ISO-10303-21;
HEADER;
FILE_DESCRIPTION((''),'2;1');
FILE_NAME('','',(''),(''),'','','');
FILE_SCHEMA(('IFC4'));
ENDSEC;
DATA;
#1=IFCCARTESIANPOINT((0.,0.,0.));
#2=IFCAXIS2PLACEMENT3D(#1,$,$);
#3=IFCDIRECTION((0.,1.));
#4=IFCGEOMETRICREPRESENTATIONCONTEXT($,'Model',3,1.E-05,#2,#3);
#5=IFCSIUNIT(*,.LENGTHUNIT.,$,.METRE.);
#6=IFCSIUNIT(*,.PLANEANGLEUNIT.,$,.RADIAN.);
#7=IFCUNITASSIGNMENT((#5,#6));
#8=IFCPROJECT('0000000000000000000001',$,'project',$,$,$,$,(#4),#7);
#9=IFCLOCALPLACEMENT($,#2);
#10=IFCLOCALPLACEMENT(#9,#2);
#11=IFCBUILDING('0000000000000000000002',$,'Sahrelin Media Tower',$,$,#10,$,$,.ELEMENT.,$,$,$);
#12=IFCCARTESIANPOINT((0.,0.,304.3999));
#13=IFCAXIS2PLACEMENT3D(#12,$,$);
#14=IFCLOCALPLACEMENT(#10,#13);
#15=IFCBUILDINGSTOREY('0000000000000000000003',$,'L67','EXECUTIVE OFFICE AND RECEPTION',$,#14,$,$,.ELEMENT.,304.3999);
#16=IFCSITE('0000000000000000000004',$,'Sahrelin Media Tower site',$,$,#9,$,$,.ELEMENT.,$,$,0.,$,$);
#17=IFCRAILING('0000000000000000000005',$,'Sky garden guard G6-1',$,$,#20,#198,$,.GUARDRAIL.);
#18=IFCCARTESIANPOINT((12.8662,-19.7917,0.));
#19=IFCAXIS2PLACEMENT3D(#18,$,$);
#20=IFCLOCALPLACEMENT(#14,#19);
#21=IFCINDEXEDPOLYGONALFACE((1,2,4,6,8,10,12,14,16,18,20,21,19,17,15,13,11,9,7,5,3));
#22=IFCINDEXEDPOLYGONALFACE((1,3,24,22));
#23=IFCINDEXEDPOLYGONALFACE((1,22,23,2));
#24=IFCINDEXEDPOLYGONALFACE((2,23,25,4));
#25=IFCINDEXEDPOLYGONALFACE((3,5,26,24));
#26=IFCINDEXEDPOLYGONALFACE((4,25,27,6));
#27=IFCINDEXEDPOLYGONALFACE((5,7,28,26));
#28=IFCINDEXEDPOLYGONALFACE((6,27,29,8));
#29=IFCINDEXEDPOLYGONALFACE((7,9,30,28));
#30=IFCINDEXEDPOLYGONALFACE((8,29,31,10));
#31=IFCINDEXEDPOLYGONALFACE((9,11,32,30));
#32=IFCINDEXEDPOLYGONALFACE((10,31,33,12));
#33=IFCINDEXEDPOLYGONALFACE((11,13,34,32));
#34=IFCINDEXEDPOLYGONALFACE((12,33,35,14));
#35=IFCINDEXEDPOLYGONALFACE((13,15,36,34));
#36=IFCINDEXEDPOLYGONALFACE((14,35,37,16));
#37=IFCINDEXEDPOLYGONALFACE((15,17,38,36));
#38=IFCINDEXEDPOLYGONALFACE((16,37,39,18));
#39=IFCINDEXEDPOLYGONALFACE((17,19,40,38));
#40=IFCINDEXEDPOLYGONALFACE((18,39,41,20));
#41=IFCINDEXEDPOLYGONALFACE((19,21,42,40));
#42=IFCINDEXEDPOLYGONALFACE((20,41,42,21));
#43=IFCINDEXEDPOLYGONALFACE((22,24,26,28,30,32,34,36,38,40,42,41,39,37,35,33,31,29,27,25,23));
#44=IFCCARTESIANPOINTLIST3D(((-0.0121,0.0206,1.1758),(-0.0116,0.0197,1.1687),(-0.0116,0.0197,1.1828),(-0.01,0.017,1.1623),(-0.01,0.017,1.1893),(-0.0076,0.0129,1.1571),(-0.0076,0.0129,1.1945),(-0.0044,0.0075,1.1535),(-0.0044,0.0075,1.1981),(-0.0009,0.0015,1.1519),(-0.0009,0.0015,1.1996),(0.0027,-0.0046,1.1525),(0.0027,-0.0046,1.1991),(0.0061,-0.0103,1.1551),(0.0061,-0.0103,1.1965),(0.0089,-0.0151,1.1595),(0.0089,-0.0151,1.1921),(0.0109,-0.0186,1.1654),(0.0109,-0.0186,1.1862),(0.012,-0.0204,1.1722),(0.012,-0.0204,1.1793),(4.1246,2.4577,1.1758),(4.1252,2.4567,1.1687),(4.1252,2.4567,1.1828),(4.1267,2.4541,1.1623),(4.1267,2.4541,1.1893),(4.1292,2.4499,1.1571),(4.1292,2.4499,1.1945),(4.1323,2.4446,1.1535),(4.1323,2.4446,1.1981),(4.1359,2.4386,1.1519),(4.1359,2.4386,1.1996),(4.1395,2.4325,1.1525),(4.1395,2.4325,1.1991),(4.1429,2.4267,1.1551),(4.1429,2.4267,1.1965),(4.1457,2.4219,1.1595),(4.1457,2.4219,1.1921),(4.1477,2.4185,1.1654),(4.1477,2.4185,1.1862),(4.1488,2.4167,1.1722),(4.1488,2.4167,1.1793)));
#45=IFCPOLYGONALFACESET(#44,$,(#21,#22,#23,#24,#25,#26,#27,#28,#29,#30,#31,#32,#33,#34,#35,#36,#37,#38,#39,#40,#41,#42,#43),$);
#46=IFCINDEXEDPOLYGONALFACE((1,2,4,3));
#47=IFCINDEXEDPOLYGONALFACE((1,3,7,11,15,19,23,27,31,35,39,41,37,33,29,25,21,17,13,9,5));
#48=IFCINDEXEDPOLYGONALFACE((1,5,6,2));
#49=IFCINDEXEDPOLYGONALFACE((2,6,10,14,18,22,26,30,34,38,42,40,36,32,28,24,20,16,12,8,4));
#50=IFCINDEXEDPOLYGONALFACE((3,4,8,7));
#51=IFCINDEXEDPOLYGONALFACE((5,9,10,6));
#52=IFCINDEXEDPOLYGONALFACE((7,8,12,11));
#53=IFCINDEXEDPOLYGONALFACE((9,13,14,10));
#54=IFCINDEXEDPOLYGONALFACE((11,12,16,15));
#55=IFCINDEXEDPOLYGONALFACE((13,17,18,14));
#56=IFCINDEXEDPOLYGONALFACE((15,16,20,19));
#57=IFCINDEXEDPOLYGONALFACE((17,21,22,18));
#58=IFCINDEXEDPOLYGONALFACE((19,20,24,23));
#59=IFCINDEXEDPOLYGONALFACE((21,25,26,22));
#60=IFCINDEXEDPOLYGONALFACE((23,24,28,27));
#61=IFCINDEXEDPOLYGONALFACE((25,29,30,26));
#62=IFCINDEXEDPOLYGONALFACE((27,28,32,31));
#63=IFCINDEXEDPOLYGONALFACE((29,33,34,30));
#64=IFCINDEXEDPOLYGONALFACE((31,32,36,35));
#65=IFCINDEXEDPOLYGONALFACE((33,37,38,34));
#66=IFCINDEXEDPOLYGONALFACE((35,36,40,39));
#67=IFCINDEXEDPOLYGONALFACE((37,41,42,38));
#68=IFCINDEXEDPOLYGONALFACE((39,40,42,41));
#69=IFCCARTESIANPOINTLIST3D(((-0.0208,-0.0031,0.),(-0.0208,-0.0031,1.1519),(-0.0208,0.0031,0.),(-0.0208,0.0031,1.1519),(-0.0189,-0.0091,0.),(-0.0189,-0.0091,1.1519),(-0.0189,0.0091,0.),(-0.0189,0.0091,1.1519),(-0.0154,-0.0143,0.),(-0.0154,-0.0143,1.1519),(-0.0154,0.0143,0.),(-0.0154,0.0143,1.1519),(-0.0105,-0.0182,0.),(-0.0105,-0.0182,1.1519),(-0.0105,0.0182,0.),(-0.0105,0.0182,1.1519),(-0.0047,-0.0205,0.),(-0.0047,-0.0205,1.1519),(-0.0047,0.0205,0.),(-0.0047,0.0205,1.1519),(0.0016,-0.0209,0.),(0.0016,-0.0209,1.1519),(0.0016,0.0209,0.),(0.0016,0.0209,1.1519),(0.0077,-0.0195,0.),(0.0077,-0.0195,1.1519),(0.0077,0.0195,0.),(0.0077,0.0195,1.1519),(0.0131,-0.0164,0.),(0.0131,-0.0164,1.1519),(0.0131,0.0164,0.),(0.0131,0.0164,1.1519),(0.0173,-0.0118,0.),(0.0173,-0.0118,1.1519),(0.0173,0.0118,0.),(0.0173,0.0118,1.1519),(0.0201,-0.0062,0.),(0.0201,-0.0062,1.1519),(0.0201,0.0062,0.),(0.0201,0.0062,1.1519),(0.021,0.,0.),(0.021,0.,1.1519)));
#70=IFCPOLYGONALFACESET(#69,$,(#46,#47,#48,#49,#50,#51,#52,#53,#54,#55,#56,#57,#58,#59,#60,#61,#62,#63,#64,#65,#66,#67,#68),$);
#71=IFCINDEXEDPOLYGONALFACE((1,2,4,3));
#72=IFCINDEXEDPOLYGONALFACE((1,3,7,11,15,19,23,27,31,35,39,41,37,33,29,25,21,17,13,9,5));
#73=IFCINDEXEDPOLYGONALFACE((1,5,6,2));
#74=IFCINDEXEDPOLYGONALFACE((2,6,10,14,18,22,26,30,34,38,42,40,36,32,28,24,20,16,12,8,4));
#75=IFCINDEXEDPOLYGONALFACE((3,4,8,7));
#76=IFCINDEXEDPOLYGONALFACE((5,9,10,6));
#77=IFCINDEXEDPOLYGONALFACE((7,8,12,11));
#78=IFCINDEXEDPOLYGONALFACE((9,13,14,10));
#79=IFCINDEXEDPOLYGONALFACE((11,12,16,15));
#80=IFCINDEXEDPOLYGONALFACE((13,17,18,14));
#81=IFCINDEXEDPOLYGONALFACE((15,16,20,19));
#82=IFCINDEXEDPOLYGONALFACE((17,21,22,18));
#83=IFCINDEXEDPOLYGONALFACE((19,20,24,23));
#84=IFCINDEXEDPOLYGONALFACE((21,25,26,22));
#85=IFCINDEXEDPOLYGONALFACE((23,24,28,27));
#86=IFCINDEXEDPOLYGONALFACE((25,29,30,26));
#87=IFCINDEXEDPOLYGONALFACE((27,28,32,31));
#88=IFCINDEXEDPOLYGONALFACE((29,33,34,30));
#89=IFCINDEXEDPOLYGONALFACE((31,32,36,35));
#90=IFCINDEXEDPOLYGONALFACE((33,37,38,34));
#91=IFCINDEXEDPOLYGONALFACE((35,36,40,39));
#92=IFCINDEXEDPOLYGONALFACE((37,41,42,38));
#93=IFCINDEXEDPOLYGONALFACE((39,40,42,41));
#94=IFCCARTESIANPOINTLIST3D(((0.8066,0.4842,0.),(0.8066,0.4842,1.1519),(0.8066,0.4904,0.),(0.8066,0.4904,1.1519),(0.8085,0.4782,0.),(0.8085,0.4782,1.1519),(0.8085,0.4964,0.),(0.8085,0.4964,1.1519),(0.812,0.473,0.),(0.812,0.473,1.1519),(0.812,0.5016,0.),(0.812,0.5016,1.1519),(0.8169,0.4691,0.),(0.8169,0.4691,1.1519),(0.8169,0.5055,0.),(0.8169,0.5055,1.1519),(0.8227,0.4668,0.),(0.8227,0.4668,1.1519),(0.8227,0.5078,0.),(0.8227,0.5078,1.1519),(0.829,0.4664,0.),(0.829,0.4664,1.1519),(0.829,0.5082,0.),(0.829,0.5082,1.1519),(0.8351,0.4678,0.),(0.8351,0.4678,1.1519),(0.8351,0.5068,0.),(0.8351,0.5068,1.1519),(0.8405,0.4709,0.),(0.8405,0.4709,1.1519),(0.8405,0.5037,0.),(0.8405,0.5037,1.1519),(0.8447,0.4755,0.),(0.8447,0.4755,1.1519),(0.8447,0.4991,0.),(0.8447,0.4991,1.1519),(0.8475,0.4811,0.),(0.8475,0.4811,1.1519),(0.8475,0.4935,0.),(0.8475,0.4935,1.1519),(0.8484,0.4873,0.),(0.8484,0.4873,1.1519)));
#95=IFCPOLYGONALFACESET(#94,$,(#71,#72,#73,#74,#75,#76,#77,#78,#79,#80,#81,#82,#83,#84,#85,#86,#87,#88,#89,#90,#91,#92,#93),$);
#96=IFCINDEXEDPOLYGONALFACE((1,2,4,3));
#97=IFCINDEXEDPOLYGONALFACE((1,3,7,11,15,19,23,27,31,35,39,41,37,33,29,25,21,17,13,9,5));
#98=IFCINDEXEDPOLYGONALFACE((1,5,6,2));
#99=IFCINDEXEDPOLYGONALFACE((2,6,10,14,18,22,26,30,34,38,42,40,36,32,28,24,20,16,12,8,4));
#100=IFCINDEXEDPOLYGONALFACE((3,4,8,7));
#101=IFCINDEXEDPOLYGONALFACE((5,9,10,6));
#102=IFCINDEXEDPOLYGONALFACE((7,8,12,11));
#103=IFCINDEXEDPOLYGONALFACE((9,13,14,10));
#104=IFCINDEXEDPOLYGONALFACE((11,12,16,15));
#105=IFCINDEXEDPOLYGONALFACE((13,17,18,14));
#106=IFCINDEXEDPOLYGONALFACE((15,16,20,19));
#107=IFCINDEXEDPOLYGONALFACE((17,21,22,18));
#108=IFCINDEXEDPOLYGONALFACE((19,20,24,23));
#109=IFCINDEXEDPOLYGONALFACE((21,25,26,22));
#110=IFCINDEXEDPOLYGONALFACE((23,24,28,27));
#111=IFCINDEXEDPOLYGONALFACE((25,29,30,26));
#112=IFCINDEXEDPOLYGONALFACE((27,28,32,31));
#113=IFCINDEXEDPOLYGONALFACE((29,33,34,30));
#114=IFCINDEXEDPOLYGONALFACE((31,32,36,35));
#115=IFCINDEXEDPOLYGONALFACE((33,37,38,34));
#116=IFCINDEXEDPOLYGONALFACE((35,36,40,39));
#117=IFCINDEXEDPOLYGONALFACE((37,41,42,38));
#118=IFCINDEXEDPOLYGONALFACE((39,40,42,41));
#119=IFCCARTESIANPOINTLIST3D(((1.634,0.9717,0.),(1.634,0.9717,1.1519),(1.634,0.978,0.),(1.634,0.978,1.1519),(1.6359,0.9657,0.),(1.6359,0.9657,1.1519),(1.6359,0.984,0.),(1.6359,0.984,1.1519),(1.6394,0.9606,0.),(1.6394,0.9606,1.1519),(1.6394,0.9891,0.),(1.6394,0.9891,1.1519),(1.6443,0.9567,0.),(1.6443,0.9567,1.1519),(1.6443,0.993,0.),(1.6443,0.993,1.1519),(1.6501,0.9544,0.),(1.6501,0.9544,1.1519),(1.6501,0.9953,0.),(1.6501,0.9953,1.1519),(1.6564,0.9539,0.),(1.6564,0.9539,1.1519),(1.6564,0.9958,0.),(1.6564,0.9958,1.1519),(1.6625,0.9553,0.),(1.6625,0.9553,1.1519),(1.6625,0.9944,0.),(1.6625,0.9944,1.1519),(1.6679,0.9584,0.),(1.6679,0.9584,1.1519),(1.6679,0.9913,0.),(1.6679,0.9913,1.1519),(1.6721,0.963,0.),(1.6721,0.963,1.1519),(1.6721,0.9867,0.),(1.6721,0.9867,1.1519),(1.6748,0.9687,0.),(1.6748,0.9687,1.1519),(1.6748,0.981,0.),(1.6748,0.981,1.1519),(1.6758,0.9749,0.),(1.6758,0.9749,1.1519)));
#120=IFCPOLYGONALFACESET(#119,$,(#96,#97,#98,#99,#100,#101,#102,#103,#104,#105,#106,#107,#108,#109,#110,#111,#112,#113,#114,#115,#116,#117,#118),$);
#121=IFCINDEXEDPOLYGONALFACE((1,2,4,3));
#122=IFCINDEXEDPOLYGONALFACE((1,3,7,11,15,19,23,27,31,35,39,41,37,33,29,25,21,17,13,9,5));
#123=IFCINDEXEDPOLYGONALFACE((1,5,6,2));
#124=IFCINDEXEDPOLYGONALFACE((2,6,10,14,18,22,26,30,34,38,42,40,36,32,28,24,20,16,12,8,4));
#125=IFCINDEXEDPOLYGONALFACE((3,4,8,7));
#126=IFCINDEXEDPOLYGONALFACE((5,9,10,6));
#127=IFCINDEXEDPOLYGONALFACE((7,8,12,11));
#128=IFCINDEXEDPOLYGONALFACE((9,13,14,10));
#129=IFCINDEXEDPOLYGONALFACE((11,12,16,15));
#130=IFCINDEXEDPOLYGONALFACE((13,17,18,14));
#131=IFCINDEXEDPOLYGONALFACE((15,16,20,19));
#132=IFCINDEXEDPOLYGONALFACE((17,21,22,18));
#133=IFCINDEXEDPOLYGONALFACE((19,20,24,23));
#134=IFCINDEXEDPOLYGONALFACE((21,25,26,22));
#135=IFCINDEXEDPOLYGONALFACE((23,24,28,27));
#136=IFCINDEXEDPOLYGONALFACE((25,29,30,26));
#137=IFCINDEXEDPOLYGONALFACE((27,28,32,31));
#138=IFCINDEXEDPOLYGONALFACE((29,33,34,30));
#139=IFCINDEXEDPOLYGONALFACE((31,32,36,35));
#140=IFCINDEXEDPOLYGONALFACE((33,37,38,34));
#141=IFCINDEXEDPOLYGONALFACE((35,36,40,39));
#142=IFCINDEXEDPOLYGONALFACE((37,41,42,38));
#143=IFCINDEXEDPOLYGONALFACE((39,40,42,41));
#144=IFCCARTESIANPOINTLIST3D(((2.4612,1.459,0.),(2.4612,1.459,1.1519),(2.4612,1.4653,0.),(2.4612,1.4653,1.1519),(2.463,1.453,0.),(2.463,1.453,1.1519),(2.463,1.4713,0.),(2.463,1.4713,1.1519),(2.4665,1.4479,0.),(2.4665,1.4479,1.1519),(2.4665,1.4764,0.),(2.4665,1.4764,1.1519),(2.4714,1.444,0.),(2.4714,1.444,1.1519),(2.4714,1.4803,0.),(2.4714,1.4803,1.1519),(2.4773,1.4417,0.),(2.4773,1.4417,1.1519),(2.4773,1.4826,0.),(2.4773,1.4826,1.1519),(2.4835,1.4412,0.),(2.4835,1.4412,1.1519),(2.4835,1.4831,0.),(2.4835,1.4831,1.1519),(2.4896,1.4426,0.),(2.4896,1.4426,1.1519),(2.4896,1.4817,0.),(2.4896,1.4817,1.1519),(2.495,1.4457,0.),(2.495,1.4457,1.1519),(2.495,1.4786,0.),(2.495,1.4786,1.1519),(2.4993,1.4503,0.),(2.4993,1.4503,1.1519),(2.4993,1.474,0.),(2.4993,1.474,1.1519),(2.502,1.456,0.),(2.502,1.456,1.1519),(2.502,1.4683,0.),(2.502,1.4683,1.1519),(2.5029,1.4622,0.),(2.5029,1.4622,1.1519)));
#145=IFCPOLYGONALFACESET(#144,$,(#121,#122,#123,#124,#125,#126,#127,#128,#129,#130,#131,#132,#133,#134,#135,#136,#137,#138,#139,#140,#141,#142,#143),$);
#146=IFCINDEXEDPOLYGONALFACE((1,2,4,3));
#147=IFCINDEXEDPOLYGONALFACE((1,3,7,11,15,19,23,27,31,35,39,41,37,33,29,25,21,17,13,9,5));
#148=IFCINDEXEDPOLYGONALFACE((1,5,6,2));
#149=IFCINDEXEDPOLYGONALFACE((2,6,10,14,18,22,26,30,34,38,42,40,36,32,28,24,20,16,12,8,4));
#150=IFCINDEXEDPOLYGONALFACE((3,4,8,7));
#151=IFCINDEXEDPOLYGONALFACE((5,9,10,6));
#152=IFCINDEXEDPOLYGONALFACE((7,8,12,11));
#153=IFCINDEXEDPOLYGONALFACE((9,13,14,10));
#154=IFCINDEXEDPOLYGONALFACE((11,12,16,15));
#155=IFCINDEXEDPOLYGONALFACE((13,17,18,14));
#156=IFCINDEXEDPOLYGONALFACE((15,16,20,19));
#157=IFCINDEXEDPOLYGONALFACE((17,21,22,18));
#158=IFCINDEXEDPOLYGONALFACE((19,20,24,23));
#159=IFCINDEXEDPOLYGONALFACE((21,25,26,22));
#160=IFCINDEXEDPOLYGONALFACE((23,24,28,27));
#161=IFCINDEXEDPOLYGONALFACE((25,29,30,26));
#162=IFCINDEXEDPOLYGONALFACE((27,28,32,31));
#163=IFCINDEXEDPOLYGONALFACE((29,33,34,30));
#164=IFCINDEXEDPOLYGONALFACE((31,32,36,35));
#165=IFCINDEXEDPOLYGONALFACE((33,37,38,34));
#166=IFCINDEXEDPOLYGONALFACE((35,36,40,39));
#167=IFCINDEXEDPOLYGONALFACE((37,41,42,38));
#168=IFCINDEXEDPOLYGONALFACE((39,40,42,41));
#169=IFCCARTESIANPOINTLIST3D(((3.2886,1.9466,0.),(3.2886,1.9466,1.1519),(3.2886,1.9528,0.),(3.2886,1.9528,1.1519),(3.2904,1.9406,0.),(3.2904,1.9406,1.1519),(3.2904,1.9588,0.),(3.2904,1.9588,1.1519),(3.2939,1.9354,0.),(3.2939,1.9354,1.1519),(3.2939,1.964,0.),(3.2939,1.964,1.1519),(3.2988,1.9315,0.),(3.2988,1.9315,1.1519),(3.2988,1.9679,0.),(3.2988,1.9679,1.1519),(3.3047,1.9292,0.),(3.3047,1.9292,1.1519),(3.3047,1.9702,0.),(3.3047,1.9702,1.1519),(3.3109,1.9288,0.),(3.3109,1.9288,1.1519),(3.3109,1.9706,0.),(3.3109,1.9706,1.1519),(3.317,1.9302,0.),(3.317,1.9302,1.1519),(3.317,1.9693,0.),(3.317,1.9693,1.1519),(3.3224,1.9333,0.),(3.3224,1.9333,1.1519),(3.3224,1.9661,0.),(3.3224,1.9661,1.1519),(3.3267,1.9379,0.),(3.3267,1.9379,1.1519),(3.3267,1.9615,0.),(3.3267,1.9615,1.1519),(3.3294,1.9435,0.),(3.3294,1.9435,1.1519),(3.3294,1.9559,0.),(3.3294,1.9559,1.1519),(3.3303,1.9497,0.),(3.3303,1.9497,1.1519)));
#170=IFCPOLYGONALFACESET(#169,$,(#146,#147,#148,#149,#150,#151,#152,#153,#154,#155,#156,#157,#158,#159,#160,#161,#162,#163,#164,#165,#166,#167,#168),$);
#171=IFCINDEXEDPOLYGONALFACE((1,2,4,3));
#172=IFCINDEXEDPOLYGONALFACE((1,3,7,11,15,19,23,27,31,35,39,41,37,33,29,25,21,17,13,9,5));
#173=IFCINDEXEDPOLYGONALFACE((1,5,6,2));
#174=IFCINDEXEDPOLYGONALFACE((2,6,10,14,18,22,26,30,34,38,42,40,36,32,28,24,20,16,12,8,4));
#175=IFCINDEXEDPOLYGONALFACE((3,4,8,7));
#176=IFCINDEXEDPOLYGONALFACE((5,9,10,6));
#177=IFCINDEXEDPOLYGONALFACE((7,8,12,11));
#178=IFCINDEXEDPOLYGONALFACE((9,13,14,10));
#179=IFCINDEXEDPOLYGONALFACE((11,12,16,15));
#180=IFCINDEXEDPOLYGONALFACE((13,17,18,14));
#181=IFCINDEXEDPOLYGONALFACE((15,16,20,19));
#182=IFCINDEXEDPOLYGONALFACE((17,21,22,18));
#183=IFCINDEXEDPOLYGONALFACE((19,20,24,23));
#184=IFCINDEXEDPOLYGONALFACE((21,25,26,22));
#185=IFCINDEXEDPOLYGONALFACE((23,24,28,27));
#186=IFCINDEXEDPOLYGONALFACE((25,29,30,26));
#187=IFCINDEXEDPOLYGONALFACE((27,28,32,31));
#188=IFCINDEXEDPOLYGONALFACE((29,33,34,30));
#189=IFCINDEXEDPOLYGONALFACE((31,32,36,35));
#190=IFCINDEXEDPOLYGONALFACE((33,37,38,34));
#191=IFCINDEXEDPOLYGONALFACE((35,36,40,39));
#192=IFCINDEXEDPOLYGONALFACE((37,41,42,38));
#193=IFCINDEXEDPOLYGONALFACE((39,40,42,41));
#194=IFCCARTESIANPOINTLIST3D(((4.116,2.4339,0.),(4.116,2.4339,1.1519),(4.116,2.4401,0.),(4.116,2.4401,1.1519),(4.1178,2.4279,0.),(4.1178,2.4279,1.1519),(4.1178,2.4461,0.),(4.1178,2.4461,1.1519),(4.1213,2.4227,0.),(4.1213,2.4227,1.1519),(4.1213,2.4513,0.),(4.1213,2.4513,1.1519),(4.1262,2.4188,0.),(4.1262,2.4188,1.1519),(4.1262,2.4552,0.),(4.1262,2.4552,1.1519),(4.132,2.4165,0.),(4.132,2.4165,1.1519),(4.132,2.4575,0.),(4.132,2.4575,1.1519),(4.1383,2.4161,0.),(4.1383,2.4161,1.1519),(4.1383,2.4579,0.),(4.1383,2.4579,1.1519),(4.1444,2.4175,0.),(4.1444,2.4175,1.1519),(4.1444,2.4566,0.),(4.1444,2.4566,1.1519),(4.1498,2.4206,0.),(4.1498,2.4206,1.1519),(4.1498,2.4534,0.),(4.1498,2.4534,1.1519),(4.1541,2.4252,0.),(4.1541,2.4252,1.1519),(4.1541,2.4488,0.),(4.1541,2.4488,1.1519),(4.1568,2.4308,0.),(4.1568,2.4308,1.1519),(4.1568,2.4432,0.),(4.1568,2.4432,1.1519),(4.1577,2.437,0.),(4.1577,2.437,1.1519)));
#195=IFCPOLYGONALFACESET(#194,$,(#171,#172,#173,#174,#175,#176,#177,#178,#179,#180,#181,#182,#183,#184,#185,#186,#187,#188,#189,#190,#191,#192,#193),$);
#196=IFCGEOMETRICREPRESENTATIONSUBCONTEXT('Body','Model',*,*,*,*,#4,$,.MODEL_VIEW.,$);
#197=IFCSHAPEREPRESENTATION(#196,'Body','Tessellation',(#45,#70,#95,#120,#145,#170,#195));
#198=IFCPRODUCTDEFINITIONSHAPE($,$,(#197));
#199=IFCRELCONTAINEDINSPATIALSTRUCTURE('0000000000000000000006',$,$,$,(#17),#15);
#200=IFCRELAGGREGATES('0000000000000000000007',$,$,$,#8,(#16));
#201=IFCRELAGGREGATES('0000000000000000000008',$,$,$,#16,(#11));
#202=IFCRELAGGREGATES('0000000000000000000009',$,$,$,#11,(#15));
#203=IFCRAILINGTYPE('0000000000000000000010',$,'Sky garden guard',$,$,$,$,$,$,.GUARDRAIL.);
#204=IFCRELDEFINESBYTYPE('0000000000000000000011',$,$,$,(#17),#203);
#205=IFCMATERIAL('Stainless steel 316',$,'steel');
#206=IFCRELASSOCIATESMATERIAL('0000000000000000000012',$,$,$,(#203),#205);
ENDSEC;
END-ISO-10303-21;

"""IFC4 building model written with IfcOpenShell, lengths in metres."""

from ifc_helpers import new_model, si_unit, direction, frame, origin, origin_2d, place, context, subcontext, project, spatial, circle, extrude, material, type_object, element, save


model = new_model("IFC4")

# Units and contexts
model_context = context("Model", 3, precision=1e-05, world=origin(), true_north=direction((0.0, 1.0)))
body_context = subcontext(model_context, "Body", "Model", "MODEL_VIEW")
ifc_project = project(units=[si_unit("LENGTHUNIT", "METRE"), si_unit("PLANEANGLEUNIT", "RADIAN")], contexts=[model_context])

# Site, building, storey
site_placement = place(None, origin())
site = spatial("IfcSite", under=ifc_project, at=site_placement, Name="Sahrelin Media Tower site", CompositionType="ELEMENT", RefElevation=0.0)
building_placement = place(site_placement, origin())
building = spatial("IfcBuilding", under=site, at=building_placement, Name="Sahrelin Media Tower", CompositionType="ELEMENT")
storey_placement = place(building_placement, frame((0.0, 0.0, 304.3999)))
storey = spatial("IfcBuildingStorey", under=building, at=storey_placement, Name="L67", Description="EXECUTIVE OFFICE AND RECEPTION", CompositionType="ELEMENT", Elevation=304.3999)

# Railing
ifc_material_1 = material(Name="Stainless steel 316", Category="steel")
railing_type = type_object("IfcRailingType", Name="Sky garden guard", PredefinedType="GUARDRAIL", material=ifc_material_1)
railing_1_placement = place(storey_placement, frame((12.8662, -19.7917, 0.0)))
element("IfcRailing", 1, at=railing_1_placement, inside=storey, type_object=railing_type, Name="Sky garden guard G6-1", PredefinedType="GUARDRAIL", context=body_context, shape_type="SweptSolid", body=[
    extrude(circle(Radius=0.0239, at=origin_2d()), frame((0.0, 0.0, 1.1758), z_axis=(0.861602, 0.507584, 0.0), x_axis=(-0.507584, 0.861602, 0.0)), (0.0, 0.0, 1.0), 4.8013),
    extrude(circle(Radius=0.021, at=origin_2d()), origin(), (0.0, 0.0, 1.0), 1.1519),
    extrude(circle(Radius=0.021, at=origin_2d()), frame((0.8274, 0.4873, 0.0)), (0.0, 0.0, 1.0), 1.1519),
    extrude(circle(Radius=0.021, at=origin_2d()), frame((1.6548, 0.9749, 0.0)), (0.0, 0.0, 1.0), 1.1519),
    extrude(circle(Radius=0.021, at=origin_2d()), frame((2.4819, 1.4622, 0.0)), (0.0, 0.0, 1.0), 1.1519),
    extrude(circle(Radius=0.021, at=origin_2d()), frame((3.3093, 1.9497, 0.0)), (0.0, 0.0, 1.0), 1.1519),
    extrude(circle(Radius=0.021, at=origin_2d()), frame((4.1367, 2.437, 0.0)), (0.0, 0.0, 1.0), 1.1519),
])

save(model, "model.ifc")
